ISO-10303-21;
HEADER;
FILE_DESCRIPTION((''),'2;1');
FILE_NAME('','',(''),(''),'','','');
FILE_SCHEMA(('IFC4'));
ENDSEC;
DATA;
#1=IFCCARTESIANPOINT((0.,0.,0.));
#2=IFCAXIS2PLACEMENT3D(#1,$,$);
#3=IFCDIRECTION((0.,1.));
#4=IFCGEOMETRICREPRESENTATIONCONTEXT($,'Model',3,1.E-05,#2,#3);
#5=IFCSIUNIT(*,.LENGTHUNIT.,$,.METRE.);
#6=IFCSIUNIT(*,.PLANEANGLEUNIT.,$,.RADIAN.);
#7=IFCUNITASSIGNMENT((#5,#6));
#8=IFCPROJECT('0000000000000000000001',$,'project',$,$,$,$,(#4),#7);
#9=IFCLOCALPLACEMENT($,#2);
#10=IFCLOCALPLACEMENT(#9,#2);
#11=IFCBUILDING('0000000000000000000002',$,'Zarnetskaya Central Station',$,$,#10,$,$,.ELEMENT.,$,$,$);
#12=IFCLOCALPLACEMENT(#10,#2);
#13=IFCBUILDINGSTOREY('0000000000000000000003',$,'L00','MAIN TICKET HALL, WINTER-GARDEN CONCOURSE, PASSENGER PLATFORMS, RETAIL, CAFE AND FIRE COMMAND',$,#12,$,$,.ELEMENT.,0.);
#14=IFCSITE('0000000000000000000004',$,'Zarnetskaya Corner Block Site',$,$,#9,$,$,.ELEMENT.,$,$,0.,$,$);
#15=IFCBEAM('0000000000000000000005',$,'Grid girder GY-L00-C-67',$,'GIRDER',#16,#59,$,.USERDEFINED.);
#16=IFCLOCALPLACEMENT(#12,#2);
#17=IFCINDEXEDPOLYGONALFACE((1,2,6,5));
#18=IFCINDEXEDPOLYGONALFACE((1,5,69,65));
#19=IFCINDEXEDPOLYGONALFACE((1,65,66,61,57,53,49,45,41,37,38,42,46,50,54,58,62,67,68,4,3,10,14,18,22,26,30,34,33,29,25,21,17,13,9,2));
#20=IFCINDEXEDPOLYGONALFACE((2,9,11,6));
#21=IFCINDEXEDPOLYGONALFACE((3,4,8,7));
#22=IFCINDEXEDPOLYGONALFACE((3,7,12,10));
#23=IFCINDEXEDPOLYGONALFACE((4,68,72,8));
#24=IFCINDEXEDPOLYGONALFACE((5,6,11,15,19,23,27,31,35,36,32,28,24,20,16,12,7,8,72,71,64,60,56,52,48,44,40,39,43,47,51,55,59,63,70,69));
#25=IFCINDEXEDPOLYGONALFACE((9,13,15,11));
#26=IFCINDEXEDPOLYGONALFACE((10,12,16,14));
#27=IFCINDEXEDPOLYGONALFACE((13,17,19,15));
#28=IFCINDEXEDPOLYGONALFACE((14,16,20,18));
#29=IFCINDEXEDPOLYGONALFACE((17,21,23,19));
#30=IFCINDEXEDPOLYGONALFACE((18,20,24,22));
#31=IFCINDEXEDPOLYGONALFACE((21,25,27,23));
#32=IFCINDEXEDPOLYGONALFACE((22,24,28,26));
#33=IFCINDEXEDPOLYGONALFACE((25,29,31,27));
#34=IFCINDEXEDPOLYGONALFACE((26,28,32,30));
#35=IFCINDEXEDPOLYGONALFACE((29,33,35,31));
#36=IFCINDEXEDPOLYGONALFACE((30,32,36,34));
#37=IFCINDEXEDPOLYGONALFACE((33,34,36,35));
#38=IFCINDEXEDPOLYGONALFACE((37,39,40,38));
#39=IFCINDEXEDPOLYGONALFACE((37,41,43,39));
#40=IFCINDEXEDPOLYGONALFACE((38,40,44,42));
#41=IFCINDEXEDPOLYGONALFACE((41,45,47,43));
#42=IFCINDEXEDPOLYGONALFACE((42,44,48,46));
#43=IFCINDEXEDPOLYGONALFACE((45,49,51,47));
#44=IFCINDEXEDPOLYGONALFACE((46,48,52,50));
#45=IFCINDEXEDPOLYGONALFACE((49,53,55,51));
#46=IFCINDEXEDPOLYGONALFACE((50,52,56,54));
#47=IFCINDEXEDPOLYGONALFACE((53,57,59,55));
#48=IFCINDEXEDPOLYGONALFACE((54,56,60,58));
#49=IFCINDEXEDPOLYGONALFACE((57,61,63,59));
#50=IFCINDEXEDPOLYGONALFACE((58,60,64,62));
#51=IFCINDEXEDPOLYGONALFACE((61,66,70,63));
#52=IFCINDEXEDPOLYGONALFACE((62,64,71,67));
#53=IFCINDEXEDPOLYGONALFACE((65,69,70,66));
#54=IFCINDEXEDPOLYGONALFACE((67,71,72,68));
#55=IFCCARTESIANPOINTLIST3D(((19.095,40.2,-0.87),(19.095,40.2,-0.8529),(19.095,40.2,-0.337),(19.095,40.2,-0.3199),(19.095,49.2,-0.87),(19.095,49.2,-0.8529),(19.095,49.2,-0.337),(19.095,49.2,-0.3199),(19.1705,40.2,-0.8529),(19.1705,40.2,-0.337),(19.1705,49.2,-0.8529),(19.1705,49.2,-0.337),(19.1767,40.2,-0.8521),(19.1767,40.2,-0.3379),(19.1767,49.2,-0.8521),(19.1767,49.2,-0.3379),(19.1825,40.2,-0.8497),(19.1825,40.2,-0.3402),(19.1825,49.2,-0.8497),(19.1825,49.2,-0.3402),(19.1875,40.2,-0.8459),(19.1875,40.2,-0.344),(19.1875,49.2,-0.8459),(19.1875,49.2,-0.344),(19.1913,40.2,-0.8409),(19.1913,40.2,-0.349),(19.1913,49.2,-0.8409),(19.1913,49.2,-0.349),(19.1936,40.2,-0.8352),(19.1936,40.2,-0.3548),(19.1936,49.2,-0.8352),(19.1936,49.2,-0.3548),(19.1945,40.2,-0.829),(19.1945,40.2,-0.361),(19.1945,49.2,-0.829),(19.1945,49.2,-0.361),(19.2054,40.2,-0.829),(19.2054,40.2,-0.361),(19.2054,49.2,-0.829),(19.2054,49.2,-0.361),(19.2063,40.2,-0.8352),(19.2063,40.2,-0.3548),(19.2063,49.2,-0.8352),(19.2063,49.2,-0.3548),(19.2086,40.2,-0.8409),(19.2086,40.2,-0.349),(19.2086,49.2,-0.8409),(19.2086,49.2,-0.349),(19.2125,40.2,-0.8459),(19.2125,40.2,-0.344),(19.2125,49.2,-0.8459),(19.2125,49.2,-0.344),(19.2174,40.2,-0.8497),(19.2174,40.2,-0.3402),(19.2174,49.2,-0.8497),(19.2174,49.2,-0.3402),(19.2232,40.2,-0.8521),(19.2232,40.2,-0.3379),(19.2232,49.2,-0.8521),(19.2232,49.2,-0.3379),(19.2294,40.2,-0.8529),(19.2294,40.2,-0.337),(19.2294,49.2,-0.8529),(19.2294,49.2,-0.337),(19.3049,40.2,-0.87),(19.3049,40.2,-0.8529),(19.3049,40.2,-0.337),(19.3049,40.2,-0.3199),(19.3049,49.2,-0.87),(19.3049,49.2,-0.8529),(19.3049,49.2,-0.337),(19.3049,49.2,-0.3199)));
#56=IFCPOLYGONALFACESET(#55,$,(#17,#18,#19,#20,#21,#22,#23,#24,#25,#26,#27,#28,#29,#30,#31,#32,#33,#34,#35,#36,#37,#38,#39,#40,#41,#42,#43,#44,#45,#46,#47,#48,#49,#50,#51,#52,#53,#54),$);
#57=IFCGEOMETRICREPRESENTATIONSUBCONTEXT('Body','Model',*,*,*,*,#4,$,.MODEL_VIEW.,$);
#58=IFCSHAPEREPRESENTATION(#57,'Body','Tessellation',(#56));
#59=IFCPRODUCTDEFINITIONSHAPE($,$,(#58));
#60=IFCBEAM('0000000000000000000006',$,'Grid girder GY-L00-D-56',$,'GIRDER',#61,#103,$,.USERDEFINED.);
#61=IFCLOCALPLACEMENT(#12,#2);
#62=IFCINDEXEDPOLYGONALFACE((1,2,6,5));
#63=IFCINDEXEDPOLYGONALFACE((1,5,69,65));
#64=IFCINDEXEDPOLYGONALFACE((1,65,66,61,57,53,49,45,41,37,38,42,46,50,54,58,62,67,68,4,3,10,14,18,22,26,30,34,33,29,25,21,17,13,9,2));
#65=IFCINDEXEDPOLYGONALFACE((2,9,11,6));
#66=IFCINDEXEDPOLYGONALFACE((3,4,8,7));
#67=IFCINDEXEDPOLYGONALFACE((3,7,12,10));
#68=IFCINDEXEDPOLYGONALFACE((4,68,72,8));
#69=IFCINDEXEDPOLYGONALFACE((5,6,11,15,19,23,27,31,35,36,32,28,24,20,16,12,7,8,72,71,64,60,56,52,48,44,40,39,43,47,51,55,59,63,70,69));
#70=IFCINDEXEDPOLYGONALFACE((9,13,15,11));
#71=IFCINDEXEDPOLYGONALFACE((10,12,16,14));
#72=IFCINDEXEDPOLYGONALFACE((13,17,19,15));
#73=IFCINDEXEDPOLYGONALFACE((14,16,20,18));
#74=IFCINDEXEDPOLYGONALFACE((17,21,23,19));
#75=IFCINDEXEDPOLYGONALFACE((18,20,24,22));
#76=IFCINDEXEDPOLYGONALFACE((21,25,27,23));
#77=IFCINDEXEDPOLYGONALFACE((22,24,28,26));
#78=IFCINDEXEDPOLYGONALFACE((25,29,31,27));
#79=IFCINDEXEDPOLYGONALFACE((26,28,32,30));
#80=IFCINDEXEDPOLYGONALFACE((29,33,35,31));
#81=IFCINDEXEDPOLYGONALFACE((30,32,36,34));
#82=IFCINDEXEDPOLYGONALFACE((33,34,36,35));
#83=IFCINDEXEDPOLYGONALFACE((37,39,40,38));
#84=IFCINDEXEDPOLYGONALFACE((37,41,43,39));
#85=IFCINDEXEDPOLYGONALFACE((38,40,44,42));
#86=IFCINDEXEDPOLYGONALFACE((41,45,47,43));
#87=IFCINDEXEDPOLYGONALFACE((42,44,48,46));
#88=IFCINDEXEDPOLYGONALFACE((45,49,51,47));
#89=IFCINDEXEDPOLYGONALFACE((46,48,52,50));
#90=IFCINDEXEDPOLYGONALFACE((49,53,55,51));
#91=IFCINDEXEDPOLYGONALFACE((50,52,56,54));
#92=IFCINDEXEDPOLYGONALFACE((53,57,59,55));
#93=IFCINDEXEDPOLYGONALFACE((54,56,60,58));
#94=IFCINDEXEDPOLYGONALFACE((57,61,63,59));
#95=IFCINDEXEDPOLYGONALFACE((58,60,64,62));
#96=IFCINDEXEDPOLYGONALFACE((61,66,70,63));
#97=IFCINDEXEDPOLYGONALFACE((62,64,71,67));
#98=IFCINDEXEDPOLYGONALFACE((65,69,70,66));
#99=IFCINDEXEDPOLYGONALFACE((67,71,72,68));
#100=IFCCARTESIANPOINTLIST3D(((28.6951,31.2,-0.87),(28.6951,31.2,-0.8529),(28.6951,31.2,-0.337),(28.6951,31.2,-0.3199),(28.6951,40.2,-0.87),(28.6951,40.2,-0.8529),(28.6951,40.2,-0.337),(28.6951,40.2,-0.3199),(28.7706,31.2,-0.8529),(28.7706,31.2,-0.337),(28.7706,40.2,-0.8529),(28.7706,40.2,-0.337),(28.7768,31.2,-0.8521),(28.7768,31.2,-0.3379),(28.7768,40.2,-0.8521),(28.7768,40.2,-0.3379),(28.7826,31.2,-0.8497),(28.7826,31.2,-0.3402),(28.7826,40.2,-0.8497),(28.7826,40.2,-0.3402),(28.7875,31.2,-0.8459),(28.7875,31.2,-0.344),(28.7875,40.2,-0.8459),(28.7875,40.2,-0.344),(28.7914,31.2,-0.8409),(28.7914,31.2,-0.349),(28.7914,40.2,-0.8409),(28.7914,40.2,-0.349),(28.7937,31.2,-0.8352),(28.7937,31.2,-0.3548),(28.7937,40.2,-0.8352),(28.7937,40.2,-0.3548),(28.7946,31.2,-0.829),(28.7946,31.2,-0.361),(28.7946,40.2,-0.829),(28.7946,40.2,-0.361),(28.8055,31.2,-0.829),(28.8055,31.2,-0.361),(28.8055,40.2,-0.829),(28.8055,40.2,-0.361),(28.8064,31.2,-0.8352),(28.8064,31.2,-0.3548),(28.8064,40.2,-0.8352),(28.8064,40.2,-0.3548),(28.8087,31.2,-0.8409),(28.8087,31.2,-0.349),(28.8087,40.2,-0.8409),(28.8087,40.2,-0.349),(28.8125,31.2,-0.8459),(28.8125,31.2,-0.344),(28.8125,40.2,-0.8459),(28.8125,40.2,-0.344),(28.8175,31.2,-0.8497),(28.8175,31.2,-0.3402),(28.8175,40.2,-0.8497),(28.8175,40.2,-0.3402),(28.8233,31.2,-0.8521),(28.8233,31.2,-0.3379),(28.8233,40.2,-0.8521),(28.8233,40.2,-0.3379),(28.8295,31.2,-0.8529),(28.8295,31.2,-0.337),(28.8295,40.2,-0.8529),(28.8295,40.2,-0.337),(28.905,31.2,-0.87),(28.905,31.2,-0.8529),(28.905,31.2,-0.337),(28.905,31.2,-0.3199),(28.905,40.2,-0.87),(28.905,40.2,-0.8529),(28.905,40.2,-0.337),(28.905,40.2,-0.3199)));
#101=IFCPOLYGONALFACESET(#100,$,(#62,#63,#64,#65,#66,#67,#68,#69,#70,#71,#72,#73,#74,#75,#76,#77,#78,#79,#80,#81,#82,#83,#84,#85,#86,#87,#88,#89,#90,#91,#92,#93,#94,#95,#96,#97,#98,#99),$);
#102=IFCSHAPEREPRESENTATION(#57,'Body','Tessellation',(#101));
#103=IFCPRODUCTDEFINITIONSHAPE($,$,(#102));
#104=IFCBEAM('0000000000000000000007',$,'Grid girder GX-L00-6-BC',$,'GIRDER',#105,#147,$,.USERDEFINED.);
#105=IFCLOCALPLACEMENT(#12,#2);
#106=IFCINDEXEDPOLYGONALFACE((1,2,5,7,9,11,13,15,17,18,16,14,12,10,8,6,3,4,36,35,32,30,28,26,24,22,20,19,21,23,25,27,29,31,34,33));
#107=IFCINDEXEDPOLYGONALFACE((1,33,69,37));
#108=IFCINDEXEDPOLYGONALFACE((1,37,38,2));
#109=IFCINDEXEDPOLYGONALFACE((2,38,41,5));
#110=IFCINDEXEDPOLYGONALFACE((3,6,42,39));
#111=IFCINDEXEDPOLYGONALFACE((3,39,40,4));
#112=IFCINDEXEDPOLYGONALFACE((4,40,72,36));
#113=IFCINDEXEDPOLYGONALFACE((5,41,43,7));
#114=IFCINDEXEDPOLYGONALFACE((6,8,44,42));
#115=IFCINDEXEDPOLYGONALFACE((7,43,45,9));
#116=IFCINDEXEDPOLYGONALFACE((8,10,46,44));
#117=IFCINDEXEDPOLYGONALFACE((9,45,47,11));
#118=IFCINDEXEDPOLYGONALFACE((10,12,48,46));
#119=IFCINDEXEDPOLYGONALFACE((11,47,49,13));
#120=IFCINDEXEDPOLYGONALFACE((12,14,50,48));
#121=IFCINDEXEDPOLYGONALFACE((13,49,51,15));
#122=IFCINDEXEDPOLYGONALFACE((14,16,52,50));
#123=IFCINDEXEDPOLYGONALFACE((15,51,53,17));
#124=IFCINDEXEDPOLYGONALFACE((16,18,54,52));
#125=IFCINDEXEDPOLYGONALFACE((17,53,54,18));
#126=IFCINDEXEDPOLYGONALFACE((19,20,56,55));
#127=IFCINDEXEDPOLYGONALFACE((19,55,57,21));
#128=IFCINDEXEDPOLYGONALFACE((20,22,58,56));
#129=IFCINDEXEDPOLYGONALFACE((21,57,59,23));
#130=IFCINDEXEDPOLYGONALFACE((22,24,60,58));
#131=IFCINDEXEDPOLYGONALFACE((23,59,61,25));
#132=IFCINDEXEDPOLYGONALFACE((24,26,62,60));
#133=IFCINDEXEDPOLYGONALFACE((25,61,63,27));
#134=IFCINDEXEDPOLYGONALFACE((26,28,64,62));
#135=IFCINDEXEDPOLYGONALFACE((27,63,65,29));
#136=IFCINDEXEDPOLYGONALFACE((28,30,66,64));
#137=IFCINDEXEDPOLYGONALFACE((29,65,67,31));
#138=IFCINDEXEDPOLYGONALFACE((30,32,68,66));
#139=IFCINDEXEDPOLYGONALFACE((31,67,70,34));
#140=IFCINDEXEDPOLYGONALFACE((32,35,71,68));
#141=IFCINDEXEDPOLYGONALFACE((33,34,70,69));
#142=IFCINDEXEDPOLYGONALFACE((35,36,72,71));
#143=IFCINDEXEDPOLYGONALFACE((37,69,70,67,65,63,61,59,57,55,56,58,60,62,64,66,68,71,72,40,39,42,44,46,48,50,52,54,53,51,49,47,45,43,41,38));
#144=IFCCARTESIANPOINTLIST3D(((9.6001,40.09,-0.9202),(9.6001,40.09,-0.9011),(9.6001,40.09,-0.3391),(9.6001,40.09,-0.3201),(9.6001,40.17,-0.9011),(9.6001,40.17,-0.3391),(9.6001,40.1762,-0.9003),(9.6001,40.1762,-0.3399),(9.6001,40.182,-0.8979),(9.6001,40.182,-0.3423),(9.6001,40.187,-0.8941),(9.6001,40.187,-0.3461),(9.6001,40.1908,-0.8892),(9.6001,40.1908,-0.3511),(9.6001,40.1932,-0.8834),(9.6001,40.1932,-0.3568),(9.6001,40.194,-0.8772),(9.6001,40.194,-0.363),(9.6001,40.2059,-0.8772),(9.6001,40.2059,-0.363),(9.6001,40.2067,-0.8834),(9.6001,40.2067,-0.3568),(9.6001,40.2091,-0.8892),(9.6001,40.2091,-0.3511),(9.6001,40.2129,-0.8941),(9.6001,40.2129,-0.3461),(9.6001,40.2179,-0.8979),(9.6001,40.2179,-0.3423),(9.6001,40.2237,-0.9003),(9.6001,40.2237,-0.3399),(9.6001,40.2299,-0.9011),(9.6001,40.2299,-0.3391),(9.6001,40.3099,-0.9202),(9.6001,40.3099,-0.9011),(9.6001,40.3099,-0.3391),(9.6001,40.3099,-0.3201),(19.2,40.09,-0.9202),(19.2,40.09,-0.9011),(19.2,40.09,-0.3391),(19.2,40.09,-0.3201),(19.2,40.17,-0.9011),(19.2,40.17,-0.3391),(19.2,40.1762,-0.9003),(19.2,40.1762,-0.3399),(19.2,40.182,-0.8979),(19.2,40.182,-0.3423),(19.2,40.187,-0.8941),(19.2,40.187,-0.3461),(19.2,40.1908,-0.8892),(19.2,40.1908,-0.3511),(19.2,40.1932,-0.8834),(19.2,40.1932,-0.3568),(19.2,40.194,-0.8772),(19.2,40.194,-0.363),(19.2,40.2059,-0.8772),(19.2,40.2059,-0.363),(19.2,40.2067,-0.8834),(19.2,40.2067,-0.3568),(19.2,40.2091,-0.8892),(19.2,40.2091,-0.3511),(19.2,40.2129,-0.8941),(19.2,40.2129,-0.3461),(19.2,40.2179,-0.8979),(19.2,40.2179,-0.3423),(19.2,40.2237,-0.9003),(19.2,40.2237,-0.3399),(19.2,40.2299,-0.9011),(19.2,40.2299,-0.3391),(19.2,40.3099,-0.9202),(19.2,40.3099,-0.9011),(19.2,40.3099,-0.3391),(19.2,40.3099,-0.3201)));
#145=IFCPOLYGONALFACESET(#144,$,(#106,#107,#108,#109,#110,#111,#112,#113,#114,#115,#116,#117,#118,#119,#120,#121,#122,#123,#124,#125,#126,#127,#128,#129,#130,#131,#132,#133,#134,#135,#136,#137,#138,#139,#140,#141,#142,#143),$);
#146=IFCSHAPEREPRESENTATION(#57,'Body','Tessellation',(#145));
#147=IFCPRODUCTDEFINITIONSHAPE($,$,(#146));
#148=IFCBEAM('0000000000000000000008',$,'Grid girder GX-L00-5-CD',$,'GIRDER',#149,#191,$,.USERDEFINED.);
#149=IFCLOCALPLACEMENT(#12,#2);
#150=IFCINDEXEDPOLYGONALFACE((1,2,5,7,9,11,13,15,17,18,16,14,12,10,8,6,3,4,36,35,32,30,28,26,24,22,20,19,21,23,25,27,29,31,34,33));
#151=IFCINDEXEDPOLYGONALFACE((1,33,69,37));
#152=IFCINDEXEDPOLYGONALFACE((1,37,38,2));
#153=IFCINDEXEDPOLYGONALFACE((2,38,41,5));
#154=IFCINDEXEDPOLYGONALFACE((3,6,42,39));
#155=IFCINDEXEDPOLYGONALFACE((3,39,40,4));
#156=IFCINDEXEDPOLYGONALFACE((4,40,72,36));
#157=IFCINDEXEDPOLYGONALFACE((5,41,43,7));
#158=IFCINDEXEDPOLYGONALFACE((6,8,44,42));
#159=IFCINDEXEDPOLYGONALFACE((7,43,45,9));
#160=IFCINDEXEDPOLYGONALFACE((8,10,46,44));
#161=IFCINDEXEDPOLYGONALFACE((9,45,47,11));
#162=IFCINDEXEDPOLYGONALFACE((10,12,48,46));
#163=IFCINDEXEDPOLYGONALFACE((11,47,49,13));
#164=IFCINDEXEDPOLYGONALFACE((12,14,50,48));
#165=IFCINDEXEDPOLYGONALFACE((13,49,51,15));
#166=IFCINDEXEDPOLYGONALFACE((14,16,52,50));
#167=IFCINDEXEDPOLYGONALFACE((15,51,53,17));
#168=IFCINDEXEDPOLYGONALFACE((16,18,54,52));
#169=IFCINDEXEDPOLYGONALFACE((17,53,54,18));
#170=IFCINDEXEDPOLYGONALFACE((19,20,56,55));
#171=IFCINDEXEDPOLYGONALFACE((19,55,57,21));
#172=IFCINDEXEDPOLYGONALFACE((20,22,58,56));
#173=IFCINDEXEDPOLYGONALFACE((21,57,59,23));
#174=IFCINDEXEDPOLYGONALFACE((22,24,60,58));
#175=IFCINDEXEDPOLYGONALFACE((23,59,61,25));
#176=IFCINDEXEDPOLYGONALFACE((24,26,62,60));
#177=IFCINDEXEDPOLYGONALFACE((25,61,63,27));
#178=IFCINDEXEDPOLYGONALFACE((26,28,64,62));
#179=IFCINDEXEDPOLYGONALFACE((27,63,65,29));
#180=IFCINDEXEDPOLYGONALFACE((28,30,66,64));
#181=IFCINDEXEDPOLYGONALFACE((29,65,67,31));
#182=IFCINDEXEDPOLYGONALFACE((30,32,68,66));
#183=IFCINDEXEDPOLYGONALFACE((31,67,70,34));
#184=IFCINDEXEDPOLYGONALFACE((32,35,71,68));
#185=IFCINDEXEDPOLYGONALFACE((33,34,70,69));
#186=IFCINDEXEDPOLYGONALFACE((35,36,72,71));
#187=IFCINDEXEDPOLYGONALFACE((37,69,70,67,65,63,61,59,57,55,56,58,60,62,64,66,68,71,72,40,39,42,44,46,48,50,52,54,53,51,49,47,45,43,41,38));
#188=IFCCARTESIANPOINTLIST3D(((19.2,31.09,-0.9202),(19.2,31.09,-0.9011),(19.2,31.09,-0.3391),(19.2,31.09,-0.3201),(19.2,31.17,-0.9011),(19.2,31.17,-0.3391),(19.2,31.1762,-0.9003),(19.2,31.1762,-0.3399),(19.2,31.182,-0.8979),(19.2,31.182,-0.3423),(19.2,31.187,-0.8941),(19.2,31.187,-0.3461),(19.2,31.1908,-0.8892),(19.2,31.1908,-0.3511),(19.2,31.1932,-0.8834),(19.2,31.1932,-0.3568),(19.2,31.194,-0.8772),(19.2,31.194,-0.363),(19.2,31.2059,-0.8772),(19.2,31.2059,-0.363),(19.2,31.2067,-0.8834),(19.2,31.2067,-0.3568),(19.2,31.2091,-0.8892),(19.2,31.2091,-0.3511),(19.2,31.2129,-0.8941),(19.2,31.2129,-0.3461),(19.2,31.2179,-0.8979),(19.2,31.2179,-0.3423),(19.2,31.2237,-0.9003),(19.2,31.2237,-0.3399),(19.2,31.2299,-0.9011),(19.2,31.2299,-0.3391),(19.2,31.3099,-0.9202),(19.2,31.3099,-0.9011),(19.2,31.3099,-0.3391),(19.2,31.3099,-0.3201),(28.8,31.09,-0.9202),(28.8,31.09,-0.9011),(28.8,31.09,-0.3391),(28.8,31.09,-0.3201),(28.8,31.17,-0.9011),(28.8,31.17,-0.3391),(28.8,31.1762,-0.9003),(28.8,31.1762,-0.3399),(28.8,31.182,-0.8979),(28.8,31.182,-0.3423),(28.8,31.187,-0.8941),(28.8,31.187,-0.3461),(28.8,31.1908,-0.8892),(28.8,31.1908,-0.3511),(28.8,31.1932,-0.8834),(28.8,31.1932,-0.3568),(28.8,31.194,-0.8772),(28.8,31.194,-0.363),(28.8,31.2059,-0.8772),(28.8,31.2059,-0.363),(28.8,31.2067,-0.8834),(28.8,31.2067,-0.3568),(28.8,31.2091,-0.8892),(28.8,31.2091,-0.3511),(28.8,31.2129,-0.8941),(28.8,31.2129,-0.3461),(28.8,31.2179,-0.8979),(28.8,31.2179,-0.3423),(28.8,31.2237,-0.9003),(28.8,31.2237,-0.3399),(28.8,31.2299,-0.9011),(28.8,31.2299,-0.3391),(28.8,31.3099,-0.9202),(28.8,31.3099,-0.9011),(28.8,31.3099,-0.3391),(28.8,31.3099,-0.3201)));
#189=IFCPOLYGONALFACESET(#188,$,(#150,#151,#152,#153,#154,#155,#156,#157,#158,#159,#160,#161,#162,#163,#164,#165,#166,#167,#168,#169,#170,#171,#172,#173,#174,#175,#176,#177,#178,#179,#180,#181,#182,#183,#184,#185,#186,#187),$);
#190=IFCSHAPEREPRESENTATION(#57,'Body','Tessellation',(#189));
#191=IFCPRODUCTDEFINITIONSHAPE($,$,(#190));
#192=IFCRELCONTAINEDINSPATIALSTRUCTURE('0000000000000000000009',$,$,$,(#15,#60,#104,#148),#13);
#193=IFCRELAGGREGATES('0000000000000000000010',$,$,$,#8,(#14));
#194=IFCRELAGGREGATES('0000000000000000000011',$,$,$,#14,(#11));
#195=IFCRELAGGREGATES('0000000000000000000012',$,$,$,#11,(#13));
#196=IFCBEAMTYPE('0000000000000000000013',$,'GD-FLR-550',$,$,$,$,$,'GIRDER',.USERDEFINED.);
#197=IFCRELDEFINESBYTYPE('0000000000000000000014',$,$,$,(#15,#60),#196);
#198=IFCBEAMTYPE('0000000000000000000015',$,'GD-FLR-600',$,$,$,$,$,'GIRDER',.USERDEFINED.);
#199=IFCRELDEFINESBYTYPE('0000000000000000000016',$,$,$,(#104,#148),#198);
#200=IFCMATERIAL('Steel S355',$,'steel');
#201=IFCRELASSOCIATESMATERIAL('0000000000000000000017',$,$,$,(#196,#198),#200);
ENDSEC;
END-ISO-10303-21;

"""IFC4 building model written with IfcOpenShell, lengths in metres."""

from ifc_helpers import new_model, si_unit, direction, frame, origin, origin_2d, place, context, subcontext, project, spatial, i_section, extrude, material, material_profile, profile_set, type_object, element, save


model = new_model("IFC4")

# Units and contexts
model_context = context("Model", 3, precision=1e-05, world=origin(), true_north=direction((0.0, 1.0)))
body_context = subcontext(model_context, "Body", "Model", "MODEL_VIEW")
ifc_project = project(units=[si_unit("LENGTHUNIT", "METRE"), si_unit("PLANEANGLEUNIT", "RADIAN")], contexts=[model_context])

# Site, building, storey
site_placement = place(None, origin())
site = spatial("IfcSite", under=ifc_project, at=site_placement, Name="Zarnetskaya Corner Block Site", CompositionType="ELEMENT", RefElevation=0.0)
building_placement = place(site_placement, origin())
building = spatial("IfcBuilding", under=site, at=building_placement, Name="Zarnetskaya Central Station", CompositionType="ELEMENT")
storey_placement = place(building_placement, origin())
storey = spatial("IfcBuildingStorey", under=building, at=storey_placement, Name="L00", Description="MAIN TICKET HALL, WINTER-GARDEN CONCOURSE, PASSENGER PLATFORMS, RETAIL, CAFE AND FIRE COMMAND", CompositionType="ELEMENT", Elevation=0.0)

# Shared definitions
ifc_material_1 = material(Name="Steel S355", Category="steel")

# Beams
ifc_material_profile_1 = material_profile(ifc_material_1, i_section(OverallWidth=0.21, OverallDepth=0.55, WebThickness=0.011, FlangeThickness=0.0171, FilletRadius=0.0239, at=origin_2d()), Name="IPE 550")
ifc_profile_set_1 = profile_set([ifc_material_profile_1], Name="Steel S355")
beam_type_1 = type_object("IfcBeamType", Name="GD-FLR-550", ElementType="GIRDER", PredefinedType="USERDEFINED", material=ifc_profile_set_1)
for number, where, z_axis, x_axis, name in (
    (1, (19.2, 40.2, -0.595), (0.0, 1.0, 0.0), (-1.0, 0.0, 0.0), "Grid girder GY-L00-C-67"),
    (2, (28.8, 31.2, -0.595), (0.0, 1.0, 0.0), (-1.0, 0.0, 0.0), "Grid girder GY-L00-D-56"),
):
    element("IfcBeam", number, at=place(storey_placement, frame(where, z_axis=z_axis, x_axis=x_axis)), inside=storey, type_object=beam_type_1, Name=name, ObjectType="GIRDER", PredefinedType="USERDEFINED", context=body_context, shape_type="SweptSolid", body=[
        extrude(i_section(OverallWidth=0.21, OverallDepth=0.55, WebThickness=0.011, FlangeThickness=0.0171, FilletRadius=0.0239, at=origin_2d()), origin(), (0.0, 0.0, 1.0), 9.0),
    ])
ifc_material_profile_2 = material_profile(ifc_material_1, i_section(OverallWidth=0.22, OverallDepth=0.6001, WebThickness=0.012, FlangeThickness=0.019, FilletRadius=0.0239, at=origin_2d()), Name="IPE 600")
ifc_profile_set_2 = profile_set([ifc_material_profile_2], Name="Steel S355")
beam_type_2 = type_object("IfcBeamType", Name="GD-FLR-600", ElementType="GIRDER", PredefinedType="USERDEFINED", material=ifc_profile_set_2)
beam_1_placement = place(storey_placement, frame((9.6001, 40.2, -0.6201), z_axis=(1.0, 0.0, 0.0), x_axis=(0.0, 1.0, 0.0)))
element("IfcBeam", 3, at=beam_1_placement, inside=storey, type_object=beam_type_2, Name="Grid girder GX-L00-6-BC", ObjectType="GIRDER", PredefinedType="USERDEFINED", context=body_context, shape_type="SweptSolid", body=[
    extrude(i_section(OverallWidth=0.22, OverallDepth=0.6001, WebThickness=0.012, FlangeThickness=0.019, FilletRadius=0.0239, at=origin_2d()), origin(), (0.0, 0.0, 1.0), 9.5999),
])
for number, where, z_axis, x_axis, name in (
    (4, (19.2, 31.2, -0.6201), (1.0, 0.0, 0.0), (0.0, 1.0, 0.0), "Grid girder GX-L00-5-CD"),
):
    element("IfcBeam", number, at=place(storey_placement, frame(where, z_axis=z_axis, x_axis=x_axis)), inside=storey, type_object=beam_type_2, Name=name, ObjectType="GIRDER", PredefinedType="USERDEFINED", context=body_context, shape_type="SweptSolid", body=[
        extrude(i_section(OverallWidth=0.22, OverallDepth=0.6001, WebThickness=0.012, FlangeThickness=0.019, FilletRadius=0.0239, at=origin_2d()), origin(), (0.0, 0.0, 1.0), 9.6001),
    ])

save(model, "model.ifc")
